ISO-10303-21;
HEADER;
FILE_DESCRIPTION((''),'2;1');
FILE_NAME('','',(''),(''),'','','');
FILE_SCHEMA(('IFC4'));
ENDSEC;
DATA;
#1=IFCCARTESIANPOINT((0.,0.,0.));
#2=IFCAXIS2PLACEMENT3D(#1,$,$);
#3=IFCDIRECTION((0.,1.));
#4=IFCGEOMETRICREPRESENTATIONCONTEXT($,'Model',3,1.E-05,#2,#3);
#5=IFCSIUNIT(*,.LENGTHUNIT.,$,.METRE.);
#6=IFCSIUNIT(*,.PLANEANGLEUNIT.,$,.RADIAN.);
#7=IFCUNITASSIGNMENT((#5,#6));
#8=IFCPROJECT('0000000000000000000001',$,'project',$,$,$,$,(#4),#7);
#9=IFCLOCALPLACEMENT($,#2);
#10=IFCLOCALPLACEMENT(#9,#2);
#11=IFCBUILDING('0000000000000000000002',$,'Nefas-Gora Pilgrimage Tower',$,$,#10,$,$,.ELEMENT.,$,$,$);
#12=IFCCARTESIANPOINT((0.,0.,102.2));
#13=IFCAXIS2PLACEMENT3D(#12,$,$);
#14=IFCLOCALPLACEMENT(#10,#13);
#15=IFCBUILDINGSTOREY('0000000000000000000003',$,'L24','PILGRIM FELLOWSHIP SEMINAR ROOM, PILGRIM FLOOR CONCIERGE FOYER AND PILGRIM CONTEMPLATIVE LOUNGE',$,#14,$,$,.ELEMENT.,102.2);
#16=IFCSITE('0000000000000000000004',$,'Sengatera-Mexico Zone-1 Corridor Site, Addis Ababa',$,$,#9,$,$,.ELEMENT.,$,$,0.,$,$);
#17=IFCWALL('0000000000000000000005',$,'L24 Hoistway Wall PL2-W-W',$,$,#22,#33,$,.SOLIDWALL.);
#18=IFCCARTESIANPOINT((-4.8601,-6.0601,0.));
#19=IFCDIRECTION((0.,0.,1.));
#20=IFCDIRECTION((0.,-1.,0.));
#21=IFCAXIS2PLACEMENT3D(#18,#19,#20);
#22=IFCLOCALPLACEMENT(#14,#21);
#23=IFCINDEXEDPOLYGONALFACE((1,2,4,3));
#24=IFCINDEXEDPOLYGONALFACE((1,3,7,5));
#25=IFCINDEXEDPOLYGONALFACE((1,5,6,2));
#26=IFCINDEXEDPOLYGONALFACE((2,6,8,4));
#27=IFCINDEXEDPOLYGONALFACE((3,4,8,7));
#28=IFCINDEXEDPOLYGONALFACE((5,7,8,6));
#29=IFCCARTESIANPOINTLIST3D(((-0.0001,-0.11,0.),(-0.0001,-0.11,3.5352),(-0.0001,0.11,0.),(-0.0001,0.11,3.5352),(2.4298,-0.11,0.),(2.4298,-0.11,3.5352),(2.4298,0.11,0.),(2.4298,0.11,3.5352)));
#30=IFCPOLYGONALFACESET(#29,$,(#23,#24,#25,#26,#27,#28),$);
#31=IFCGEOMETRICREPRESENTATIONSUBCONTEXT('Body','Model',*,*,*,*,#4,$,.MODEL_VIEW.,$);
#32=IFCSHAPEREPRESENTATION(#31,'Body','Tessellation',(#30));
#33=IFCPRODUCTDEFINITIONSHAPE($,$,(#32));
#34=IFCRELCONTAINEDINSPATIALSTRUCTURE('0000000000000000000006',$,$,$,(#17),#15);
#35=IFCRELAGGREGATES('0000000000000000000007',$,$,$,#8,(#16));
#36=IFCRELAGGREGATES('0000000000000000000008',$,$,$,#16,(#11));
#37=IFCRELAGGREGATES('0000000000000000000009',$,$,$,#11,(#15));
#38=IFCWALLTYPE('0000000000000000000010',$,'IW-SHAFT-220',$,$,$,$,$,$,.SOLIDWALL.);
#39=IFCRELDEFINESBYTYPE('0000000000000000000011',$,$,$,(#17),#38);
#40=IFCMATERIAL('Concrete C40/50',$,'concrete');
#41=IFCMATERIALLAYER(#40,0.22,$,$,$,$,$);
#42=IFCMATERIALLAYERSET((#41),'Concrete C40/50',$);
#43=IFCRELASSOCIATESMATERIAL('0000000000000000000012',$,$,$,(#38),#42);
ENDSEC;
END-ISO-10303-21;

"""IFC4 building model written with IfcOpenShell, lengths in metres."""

from ifc_helpers import new_model, si_unit, direction, frame, frame_2d, origin, place, context, subcontext, project, spatial, rectangle, extrude, source, transform, mapped, material, layer, layer_set, type_object, element, save


model = new_model("IFC4")

# Units and contexts
model_context = context("Model", 3, precision=1e-05, world=origin(), true_north=direction((0.0, 1.0)))
body_context = subcontext(model_context, "Body", "Model", "MODEL_VIEW")
ifc_project = project(units=[si_unit("LENGTHUNIT", "METRE"), si_unit("PLANEANGLEUNIT", "RADIAN")], contexts=[model_context])

# Site, building, storey
site_placement = place(None, origin())
site = spatial("IfcSite", under=ifc_project, at=site_placement, Name="Sengatera-Mexico Zone-1 Corridor Site, Addis Ababa", CompositionType="ELEMENT", RefElevation=0.0)
building_placement = place(site_placement, origin())
building = spatial("IfcBuilding", under=site, at=building_placement, Name="Nefas-Gora Pilgrimage Tower", CompositionType="ELEMENT")
storey_placement = place(building_placement, frame((0.0, 0.0, 102.2)))
storey = spatial("IfcBuildingStorey", under=building, at=storey_placement, Name="L24", Description="PILGRIM FELLOWSHIP SEMINAR ROOM, PILGRIM FLOOR CONCIERGE FOYER AND PILGRIM CONTEMPLATIVE LOUNGE", CompositionType="ELEMENT", Elevation=102.2)

# Wall
ifc_material_1 = material(Name="Concrete C40/50", Category="concrete")
ifc_layer_1 = layer(ifc_material_1, 0.22)
ifc_layer_set_1 = layer_set([ifc_layer_1], Name="Concrete C40/50")
wall_type_1 = type_object("IfcWallType", Name="IW-SHAFT-220", PredefinedType="SOLIDWALL", material=ifc_layer_set_1)
shared_shape_1 = source(origin(), body_context, "Body", "SweptSolid", [
    extrude(rectangle(XDim=2.4299, YDim=0.22, at=frame_2d((1.2148, 0.0))), origin(), (0.0, 0.0, 1.0), 3.5352),
])
for number, where, z_axis, x_axis, name in (
    (1, (-4.8601, -6.0601, 0.0), (0.0, 0.0, 1.0), (0.0, -1.0, 0.0), "L24 Hoistway Wall PL2-W-W"),
):
    element("IfcWall", number, at=place(storey_placement, frame(where, z_axis=z_axis, x_axis=x_axis)), inside=storey, type_object=wall_type_1, Name=name, PredefinedType="SOLIDWALL", context=body_context, shape_type="MappedRepresentation", body=[
        mapped(shared_shape_1, transform((0.0, 0.0, 0.0), x_axis=(1.0, 0.0, 0.0), y_axis=(0.0, 1.0, 0.0), z_axis=(0.0, 0.0, 1.0), scale=1.0)),
    ])

save(model, "model.ifc")
